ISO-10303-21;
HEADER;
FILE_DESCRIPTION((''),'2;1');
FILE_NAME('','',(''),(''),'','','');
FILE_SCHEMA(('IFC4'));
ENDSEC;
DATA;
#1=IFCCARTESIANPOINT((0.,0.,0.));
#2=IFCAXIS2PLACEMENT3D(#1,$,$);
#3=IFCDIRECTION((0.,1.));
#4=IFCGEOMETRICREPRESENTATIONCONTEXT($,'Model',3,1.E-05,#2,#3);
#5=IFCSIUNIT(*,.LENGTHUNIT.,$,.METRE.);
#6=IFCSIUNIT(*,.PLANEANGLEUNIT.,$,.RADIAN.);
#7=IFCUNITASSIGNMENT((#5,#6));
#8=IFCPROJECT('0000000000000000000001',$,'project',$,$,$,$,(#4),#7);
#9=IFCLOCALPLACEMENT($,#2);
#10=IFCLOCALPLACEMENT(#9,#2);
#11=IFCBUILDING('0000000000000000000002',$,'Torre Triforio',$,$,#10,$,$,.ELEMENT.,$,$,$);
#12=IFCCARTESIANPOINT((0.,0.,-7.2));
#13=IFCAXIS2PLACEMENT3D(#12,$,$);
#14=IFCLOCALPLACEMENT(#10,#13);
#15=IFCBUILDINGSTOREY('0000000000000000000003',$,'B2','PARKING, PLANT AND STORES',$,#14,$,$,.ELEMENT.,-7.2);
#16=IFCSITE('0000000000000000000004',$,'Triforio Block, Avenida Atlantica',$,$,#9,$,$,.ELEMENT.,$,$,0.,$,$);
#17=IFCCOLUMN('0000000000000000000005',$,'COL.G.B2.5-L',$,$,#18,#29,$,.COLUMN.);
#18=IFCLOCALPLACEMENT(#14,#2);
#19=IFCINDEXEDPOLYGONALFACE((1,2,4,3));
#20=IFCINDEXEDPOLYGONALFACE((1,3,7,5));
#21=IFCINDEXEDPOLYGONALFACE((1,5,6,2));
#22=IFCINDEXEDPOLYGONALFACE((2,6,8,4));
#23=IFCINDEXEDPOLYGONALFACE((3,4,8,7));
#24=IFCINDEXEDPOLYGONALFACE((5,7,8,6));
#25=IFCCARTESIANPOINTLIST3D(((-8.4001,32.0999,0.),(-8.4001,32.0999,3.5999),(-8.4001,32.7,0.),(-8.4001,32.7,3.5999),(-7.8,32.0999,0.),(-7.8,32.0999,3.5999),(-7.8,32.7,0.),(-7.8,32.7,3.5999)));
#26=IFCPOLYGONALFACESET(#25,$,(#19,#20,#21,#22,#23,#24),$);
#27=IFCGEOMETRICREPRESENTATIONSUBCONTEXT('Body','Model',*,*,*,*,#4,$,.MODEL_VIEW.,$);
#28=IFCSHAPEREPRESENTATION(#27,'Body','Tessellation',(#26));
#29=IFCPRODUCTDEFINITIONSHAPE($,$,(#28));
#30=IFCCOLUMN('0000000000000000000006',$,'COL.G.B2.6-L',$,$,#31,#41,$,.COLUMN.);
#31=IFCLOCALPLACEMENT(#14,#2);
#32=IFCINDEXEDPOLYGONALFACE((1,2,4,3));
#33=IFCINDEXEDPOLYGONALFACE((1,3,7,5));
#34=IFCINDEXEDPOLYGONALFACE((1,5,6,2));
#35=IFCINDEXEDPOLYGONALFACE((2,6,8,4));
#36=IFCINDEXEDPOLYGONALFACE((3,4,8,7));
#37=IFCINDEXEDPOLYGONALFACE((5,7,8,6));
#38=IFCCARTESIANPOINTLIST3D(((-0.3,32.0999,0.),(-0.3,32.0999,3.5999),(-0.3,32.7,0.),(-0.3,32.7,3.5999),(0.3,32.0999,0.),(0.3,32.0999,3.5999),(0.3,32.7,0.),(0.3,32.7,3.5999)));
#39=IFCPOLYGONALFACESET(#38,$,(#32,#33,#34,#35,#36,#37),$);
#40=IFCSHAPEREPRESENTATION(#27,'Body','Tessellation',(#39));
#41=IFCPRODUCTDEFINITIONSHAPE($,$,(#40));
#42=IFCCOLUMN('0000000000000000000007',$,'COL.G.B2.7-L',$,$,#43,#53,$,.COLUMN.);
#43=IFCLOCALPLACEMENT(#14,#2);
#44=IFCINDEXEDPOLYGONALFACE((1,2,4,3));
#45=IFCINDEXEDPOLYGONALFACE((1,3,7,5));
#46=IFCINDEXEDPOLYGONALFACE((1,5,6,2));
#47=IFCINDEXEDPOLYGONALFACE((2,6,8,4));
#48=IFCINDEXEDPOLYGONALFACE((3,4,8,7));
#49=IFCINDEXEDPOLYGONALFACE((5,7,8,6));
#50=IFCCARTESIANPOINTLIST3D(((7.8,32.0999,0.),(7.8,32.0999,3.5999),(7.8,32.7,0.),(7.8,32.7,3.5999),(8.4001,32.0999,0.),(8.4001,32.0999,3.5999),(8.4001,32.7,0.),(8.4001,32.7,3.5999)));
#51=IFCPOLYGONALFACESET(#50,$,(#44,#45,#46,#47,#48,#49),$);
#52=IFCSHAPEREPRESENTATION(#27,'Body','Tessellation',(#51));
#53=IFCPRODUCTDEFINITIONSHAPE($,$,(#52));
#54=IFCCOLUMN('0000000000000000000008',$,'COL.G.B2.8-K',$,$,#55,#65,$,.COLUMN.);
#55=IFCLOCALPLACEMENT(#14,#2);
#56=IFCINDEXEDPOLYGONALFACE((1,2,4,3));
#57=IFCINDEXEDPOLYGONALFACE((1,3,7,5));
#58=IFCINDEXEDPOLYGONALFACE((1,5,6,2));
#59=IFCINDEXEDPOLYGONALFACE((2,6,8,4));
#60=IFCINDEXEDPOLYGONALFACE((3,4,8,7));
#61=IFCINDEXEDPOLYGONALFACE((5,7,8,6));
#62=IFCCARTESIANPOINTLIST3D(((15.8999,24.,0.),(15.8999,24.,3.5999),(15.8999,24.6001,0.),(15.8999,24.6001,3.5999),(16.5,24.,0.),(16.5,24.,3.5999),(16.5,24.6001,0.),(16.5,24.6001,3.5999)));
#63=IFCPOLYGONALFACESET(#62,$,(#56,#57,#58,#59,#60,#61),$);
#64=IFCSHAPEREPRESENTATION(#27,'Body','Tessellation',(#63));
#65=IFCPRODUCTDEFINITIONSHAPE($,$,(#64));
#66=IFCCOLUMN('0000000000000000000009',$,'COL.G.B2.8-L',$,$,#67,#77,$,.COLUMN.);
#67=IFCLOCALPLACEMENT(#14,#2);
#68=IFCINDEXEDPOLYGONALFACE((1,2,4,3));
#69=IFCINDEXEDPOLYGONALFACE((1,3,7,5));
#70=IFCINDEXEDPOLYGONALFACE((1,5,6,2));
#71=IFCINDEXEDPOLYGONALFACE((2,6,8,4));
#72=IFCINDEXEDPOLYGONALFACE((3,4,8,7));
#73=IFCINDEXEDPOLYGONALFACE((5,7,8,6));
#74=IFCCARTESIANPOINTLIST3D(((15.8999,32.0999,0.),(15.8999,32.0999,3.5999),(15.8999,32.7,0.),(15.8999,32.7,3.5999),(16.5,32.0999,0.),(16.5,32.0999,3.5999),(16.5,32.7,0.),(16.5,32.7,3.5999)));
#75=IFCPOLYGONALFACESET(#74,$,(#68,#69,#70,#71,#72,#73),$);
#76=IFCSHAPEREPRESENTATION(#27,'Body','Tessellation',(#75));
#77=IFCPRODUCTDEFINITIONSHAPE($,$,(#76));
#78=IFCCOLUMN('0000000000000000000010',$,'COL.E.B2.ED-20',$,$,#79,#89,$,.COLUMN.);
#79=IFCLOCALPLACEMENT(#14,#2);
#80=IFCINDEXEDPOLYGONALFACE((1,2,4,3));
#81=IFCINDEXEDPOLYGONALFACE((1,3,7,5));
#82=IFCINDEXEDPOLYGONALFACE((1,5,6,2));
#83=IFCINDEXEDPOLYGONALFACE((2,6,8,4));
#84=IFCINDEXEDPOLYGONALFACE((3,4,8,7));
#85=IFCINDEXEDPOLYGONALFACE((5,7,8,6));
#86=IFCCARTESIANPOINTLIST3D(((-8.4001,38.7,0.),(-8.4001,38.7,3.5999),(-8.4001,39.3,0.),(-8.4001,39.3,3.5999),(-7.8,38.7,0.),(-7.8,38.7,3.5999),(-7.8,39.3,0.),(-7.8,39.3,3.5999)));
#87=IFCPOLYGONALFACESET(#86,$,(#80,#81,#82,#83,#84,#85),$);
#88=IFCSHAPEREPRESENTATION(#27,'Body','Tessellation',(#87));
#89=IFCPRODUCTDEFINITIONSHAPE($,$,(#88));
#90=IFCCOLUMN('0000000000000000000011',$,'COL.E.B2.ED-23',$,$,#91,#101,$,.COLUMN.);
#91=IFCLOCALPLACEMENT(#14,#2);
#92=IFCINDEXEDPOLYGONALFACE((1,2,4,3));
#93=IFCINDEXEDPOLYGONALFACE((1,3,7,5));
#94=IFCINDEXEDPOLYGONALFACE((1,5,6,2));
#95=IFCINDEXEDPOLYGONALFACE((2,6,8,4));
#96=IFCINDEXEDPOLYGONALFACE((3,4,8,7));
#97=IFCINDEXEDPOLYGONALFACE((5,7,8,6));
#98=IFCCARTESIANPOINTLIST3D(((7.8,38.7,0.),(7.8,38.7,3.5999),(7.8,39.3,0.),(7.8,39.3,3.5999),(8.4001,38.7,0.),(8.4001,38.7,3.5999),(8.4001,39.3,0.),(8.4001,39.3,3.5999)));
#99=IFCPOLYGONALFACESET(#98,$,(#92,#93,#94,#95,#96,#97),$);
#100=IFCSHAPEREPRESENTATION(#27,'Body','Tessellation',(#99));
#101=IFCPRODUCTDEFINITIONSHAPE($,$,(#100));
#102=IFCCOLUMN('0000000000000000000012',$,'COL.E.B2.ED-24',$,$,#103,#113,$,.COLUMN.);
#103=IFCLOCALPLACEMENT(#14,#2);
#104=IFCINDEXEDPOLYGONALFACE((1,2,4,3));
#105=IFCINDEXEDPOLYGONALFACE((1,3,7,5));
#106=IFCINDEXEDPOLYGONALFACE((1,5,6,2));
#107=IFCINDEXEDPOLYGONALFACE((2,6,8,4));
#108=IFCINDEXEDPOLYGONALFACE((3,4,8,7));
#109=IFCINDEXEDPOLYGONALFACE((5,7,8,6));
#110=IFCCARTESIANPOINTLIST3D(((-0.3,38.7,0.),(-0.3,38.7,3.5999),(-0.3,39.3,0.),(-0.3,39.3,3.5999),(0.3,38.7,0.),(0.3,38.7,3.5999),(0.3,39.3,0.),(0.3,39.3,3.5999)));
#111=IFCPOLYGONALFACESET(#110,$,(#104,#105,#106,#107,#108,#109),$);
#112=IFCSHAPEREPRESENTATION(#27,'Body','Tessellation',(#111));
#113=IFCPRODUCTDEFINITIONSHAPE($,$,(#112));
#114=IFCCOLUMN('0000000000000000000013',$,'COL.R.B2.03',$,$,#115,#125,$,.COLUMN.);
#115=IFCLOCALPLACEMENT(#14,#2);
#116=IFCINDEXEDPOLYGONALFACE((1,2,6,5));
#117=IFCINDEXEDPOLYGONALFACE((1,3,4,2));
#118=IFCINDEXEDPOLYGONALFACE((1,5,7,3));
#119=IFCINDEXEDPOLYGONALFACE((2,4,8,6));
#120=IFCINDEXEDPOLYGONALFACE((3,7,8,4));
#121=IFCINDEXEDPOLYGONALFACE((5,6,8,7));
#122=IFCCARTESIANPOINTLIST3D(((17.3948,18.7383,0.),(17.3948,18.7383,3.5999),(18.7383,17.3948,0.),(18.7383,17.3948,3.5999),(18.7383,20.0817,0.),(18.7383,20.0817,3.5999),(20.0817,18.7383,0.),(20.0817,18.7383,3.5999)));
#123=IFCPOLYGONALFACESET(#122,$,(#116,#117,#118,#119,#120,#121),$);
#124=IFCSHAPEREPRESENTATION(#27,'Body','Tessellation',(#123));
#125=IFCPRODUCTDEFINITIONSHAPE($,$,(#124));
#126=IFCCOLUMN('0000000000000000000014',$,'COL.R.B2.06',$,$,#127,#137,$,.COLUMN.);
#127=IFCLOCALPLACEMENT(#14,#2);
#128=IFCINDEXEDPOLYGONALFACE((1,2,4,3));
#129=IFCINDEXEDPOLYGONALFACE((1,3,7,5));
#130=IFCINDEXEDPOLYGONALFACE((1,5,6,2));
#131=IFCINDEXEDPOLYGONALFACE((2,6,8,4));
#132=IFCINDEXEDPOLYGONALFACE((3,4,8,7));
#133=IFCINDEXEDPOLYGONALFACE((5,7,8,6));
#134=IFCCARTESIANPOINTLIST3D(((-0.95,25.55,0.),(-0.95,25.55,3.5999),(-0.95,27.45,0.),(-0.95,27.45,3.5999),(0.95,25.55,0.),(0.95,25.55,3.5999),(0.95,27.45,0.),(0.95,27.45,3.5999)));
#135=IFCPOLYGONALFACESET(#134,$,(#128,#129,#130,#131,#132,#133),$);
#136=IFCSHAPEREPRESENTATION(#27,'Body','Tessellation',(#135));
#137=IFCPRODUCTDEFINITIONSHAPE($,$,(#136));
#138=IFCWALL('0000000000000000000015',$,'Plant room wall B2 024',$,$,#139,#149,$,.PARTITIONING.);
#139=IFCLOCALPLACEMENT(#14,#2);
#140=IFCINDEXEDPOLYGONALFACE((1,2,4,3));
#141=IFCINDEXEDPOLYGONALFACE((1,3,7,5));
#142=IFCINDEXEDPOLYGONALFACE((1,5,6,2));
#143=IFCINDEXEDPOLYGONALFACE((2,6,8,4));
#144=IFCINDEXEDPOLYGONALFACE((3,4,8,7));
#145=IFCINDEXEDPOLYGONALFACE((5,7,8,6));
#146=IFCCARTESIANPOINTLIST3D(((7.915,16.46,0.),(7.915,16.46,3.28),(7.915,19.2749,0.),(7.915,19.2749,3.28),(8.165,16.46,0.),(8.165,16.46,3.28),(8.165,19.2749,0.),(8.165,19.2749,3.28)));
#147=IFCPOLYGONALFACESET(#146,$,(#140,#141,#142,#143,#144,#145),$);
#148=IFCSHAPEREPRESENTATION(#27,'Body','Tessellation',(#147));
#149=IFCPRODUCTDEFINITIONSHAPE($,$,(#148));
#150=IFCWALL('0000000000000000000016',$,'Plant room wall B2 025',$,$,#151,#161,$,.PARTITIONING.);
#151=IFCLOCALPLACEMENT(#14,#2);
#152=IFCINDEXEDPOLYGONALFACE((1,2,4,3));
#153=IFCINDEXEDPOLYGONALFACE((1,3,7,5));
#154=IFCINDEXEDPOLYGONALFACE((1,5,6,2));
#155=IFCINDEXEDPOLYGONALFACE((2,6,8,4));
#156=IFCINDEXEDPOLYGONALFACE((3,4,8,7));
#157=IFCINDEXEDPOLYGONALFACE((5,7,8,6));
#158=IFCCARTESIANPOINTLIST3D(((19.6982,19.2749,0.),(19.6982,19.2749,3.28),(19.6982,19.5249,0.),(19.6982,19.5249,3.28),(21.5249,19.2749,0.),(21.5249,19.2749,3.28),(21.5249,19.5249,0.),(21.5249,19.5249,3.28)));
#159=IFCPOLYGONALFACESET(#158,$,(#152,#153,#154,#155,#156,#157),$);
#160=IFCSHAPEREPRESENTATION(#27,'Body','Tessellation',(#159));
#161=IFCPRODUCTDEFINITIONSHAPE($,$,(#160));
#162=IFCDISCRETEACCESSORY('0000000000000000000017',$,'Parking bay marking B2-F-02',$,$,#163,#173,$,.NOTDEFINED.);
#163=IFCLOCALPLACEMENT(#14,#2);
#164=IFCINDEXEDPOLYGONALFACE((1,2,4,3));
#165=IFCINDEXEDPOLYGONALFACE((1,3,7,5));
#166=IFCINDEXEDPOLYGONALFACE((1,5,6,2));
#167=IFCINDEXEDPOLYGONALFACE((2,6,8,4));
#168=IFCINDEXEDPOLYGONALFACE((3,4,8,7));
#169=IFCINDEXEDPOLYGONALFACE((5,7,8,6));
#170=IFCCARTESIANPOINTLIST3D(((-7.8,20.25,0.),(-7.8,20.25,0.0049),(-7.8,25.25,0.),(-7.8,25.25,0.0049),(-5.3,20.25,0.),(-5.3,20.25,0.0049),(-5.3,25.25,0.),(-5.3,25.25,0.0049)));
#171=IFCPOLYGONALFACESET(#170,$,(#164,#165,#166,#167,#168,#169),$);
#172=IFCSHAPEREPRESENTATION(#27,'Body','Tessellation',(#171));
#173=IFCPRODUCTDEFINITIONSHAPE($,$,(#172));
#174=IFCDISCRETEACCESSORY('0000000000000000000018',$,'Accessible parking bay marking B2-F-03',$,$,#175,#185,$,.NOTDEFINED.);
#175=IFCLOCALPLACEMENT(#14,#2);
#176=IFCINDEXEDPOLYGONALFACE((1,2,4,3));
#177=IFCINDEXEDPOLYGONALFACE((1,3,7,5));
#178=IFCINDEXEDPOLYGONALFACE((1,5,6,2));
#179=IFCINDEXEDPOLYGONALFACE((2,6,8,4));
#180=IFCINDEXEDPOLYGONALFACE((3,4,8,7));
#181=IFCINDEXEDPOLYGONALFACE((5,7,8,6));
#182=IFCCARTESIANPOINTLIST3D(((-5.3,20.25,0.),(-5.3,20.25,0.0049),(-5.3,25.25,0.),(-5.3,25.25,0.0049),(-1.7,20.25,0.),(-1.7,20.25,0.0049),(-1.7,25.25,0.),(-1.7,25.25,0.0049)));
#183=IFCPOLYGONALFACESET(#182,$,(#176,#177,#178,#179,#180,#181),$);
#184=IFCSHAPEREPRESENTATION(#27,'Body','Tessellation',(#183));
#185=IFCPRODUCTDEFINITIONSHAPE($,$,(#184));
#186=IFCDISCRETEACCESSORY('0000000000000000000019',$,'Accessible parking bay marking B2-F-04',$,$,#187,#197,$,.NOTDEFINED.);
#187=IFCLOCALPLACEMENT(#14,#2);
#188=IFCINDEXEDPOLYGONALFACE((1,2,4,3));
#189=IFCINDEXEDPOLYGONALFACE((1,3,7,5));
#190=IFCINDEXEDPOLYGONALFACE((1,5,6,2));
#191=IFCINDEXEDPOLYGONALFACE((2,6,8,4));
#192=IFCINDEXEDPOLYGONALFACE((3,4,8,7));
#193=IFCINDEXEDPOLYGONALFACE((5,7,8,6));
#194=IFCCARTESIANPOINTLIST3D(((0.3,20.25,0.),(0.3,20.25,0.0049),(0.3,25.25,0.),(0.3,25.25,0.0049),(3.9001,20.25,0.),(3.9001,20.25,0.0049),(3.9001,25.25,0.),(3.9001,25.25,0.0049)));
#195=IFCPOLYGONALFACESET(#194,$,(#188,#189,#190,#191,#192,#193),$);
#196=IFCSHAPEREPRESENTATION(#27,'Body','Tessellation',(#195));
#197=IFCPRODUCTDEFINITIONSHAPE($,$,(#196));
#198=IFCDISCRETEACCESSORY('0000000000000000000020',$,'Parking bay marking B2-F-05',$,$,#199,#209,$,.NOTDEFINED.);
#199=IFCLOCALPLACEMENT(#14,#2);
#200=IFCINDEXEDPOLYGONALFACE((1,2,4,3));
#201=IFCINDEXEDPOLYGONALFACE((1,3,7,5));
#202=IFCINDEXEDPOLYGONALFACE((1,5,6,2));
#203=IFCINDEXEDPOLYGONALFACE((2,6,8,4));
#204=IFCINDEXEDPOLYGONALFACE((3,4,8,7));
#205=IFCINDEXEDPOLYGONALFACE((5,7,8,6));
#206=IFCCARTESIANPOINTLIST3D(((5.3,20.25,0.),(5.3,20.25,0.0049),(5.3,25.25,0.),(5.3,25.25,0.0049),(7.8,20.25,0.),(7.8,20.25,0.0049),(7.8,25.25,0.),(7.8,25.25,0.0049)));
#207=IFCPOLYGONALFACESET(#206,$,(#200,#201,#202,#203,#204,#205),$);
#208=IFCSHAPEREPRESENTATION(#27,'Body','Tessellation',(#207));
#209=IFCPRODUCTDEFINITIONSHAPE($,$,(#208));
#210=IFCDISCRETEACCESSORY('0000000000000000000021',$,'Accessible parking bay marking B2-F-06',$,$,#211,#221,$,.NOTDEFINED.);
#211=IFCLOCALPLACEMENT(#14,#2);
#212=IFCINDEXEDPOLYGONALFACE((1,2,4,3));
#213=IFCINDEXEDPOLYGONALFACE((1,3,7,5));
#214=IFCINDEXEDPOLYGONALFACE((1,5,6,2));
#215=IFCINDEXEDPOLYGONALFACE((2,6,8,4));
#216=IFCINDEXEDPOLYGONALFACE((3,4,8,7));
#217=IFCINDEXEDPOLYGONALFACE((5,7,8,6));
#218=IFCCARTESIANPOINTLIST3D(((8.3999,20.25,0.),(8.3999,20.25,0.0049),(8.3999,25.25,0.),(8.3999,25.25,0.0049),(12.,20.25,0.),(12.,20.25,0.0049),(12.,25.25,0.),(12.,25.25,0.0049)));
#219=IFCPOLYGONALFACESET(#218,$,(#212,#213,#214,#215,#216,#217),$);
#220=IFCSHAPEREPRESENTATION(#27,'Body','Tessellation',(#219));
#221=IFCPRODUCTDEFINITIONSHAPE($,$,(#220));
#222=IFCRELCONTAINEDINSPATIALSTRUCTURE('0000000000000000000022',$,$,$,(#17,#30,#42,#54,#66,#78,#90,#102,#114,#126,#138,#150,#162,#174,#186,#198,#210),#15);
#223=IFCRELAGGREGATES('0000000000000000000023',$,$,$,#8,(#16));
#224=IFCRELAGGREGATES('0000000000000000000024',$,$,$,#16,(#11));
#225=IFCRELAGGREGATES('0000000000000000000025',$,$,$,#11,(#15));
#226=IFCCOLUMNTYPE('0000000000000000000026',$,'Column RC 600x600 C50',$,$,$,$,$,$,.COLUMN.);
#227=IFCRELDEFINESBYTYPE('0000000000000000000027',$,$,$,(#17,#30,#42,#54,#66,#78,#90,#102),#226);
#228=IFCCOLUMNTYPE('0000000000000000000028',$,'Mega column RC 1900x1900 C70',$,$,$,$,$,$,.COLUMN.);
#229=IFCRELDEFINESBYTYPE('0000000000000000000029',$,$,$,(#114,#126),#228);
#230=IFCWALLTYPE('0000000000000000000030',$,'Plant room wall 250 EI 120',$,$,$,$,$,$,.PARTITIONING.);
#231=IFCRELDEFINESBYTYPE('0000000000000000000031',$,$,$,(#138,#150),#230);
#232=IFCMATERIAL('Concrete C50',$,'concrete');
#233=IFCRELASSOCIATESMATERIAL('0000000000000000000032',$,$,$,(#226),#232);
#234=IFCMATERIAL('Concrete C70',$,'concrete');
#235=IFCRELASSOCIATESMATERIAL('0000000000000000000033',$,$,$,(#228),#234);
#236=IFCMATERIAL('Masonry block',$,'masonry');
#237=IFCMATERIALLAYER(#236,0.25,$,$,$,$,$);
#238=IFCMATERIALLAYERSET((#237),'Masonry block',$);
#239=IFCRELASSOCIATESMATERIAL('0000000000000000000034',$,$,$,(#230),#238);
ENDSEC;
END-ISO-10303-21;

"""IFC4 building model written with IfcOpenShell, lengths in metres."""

from ifc_helpers import new_model, si_unit, direction, frame, frame_2d, origin, origin_2d, place, context, subcontext, project, spatial, rectangle, extrude, material, layer, layer_set, material_profile, profile_set, type_object, element, save


model = new_model("IFC4")

# Units and contexts
model_context = context("Model", 3, precision=1e-05, world=origin(), true_north=direction((0.0, 1.0)))
body_context = subcontext(model_context, "Body", "Model", "MODEL_VIEW")
ifc_project = project(units=[si_unit("LENGTHUNIT", "METRE"), si_unit("PLANEANGLEUNIT", "RADIAN")], contexts=[model_context])

# Site, building, storey
site_placement = place(None, origin())
site = spatial("IfcSite", under=ifc_project, at=site_placement, Name="Triforio Block, Avenida Atlantica", CompositionType="ELEMENT", RefElevation=0.0)
building_placement = place(site_placement, origin())
building = spatial("IfcBuilding", under=site, at=building_placement, Name="Torre Triforio", CompositionType="ELEMENT")
storey_placement = place(building_placement, frame((0.0, 0.0, -7.2)))
storey = spatial("IfcBuildingStorey", under=building, at=storey_placement, Name="B2", Description="PARKING, PLANT AND STORES", CompositionType="ELEMENT", Elevation=-7.2)

# Columns
ifc_material_1 = material(Name="Concrete C50", Category="concrete")
ifc_material_profile_1 = material_profile(ifc_material_1, rectangle(XDim=0.6001, YDim=0.6001, at=origin_2d()), Name="RC 600x600")
ifc_profile_set_1 = profile_set([ifc_material_profile_1], Name="Concrete C50")
column_type_1 = type_object("IfcColumnType", Name="Column RC 600x600 C50", PredefinedType="COLUMN", material=ifc_profile_set_1)
for number, where, z_axis, x_axis, name in (
    (1, (-8.1001, 32.3999, 0.0), (0.0, 0.0, 1.0), (1.0, 0.0, 0.0), "COL.G.B2.5-L"),
    (2, (0.0, 32.3999, 0.0), (0.0, 0.0, 1.0), (1.0, 0.0, 0.0), "COL.G.B2.6-L"),
    (3, (8.1001, 32.3999, 0.0), (0.0, 0.0, 1.0), (1.0, 0.0, 0.0), "COL.G.B2.7-L"),
    (4, (16.2, 24.3, 0.0), (0.0, 0.0, 1.0), (1.0, 0.0, 0.0), "COL.G.B2.8-K"),
    (5, (16.2, 32.3999, 0.0), (0.0, 0.0, 1.0), (1.0, 0.0, 0.0), "COL.G.B2.8-L"),
    (6, (-8.1001, 39.0, 0.0), (0.0, 0.0, 1.0), (1.0, 0.0, 0.0), "COL.E.B2.ED-20"),
    (7, (8.1001, 39.0, 0.0), (0.0, 0.0, 1.0), (1.0, 0.0, 0.0), "COL.E.B2.ED-23"),
    (8, (0.0, 39.0, 0.0), (0.0, 0.0, 1.0), (1.0, 0.0, 0.0), "COL.E.B2.ED-24"),
):
    element("IfcColumn", number, at=place(storey_placement, frame(where, z_axis=z_axis, x_axis=x_axis)), inside=storey, type_object=column_type_1, Name=name, PredefinedType="COLUMN", context=body_context, shape_type="SweptSolid", body=[
        extrude(rectangle(XDim=0.6001, YDim=0.6001, at=origin_2d()), origin(), (0.0, 0.0, 1.0), 3.5999),
    ])
ifc_material_2 = material(Name="Concrete C70", Category="concrete")
ifc_material_profile_2 = material_profile(ifc_material_2, rectangle(XDim=1.8999, YDim=1.8999, at=origin_2d()), Name="RC 1900x1900")
ifc_profile_set_2 = profile_set([ifc_material_profile_2], Name="Concrete C70")
column_type_2 = type_object("IfcColumnType", Name="Mega column RC 1900x1900 C70", PredefinedType="COLUMN", material=ifc_profile_set_2)
for number, where, z_axis, x_axis, name in (
    (9, (18.7383, 18.7383, 0.0), (0.0, 0.0, 1.0), (-0.707107, 0.707107, 0.0), "COL.R.B2.03"),
    (10, (0.0, 26.5, 0.0), (0.0, 0.0, 1.0), (-1.0, 0.0, 0.0), "COL.R.B2.06"),
):
    element("IfcColumn", number, at=place(storey_placement, frame(where, z_axis=z_axis, x_axis=x_axis)), inside=storey, type_object=column_type_2, Name=name, PredefinedType="COLUMN", context=body_context, shape_type="SweptSolid", body=[
        extrude(rectangle(XDim=1.8999, YDim=1.8999, at=origin_2d()), origin(), (0.0, 0.0, 1.0), 3.5999),
    ])

# Walls
ifc_material_3 = material(Name="Masonry block", Category="masonry")
ifc_layer = layer(ifc_material_3, 0.25)
ifc_layer_set = layer_set([ifc_layer], Name="Masonry block")
wall_type = type_object("IfcWallType", Name="Plant room wall 250 EI 120", PredefinedType="PARTITIONING", material=ifc_layer_set)
wall_1_placement = place(storey_placement, frame((8.04, 16.46, 0.0), z_axis=(0.0, 0.0, 1.0), x_axis=(0.0, 1.0, 0.0)))
element("IfcWall", 11, at=wall_1_placement, inside=storey, type_object=wall_type, Name="Plant room wall B2 024", PredefinedType="PARTITIONING", context=body_context, shape_type="SweptSolid", body=[
    extrude(rectangle(XDim=2.8149, YDim=0.25, at=frame_2d((1.4075, 0.0))), origin(), (0.0, 0.0, 1.0), 3.28),
])
wall_2_placement = place(storey_placement, frame((19.6982, 19.3999, 0.0), z_axis=(0.0, 0.0, 1.0), x_axis=(1.0, 0.0, 0.0)))
element("IfcWall", 12, at=wall_2_placement, inside=storey, type_object=wall_type, Name="Plant room wall B2 025", PredefinedType="PARTITIONING", context=body_context, shape_type="SweptSolid", body=[
    extrude(rectangle(XDim=1.8267, YDim=0.25, at=frame_2d((0.9133, 0.0))), origin(), (0.0, 0.0, 1.0), 3.28),
])

# Discrete accessories
discrete_accessory_1_placement = place(storey_placement, frame((-6.55, 22.75, 0.0), z_axis=(0.0, 0.0, 1.0), x_axis=(1.0, 0.0, 0.0)))
element("IfcDiscreteAccessory", 13, at=discrete_accessory_1_placement, inside=storey, Name="Parking bay marking B2-F-02", PredefinedType="NOTDEFINED", context=body_context, shape_type="SweptSolid", body=[
    extrude(rectangle(XDim=2.5, YDim=5.0, at=origin_2d()), origin(), (0.0, 0.0, 1.0), 0.0049),
])
for number, where, z_axis, x_axis, name in (
    (14, (-3.5, 22.75, 0.0), (0.0, 0.0, 1.0), (1.0, 0.0, 0.0), "Accessible parking bay marking B2-F-03"),
    (15, (2.1001, 22.75, 0.0), (0.0, 0.0, 1.0), (1.0, 0.0, 0.0), "Accessible parking bay marking B2-F-04"),
):
    element("IfcDiscreteAccessory", number, at=place(storey_placement, frame(where, z_axis=z_axis, x_axis=x_axis)), inside=storey, Name=name, PredefinedType="NOTDEFINED", context=body_context, shape_type="SweptSolid", body=[
        extrude(rectangle(XDim=3.6001, YDim=5.0, at=origin_2d()), origin(), (0.0, 0.0, 1.0), 0.0049),
    ])
discrete_accessory_2_placement = place(storey_placement, frame((6.55, 22.75, 0.0), z_axis=(0.0, 0.0, 1.0), x_axis=(1.0, 0.0, 0.0)))
element("IfcDiscreteAccessory", 16, at=discrete_accessory_2_placement, inside=storey, Name="Parking bay marking B2-F-05", PredefinedType="NOTDEFINED", context=body_context, shape_type="SweptSolid", body=[
    extrude(rectangle(XDim=2.5, YDim=5.0, at=origin_2d()), origin(), (0.0, 0.0, 1.0), 0.0049),
])
discrete_accessory_3_placement = place(storey_placement, frame((10.2, 22.75, 0.0), z_axis=(0.0, 0.0, 1.0), x_axis=(1.0, 0.0, 0.0)))
element("IfcDiscreteAccessory", 17, at=discrete_accessory_3_placement, inside=storey, Name="Accessible parking bay marking B2-F-06", PredefinedType="NOTDEFINED", context=body_context, shape_type="SweptSolid", body=[
    extrude(rectangle(XDim=3.6001, YDim=5.0, at=origin_2d()), origin(), (0.0, 0.0, 1.0), 0.0049),
])

save(model, "model.ifc")
